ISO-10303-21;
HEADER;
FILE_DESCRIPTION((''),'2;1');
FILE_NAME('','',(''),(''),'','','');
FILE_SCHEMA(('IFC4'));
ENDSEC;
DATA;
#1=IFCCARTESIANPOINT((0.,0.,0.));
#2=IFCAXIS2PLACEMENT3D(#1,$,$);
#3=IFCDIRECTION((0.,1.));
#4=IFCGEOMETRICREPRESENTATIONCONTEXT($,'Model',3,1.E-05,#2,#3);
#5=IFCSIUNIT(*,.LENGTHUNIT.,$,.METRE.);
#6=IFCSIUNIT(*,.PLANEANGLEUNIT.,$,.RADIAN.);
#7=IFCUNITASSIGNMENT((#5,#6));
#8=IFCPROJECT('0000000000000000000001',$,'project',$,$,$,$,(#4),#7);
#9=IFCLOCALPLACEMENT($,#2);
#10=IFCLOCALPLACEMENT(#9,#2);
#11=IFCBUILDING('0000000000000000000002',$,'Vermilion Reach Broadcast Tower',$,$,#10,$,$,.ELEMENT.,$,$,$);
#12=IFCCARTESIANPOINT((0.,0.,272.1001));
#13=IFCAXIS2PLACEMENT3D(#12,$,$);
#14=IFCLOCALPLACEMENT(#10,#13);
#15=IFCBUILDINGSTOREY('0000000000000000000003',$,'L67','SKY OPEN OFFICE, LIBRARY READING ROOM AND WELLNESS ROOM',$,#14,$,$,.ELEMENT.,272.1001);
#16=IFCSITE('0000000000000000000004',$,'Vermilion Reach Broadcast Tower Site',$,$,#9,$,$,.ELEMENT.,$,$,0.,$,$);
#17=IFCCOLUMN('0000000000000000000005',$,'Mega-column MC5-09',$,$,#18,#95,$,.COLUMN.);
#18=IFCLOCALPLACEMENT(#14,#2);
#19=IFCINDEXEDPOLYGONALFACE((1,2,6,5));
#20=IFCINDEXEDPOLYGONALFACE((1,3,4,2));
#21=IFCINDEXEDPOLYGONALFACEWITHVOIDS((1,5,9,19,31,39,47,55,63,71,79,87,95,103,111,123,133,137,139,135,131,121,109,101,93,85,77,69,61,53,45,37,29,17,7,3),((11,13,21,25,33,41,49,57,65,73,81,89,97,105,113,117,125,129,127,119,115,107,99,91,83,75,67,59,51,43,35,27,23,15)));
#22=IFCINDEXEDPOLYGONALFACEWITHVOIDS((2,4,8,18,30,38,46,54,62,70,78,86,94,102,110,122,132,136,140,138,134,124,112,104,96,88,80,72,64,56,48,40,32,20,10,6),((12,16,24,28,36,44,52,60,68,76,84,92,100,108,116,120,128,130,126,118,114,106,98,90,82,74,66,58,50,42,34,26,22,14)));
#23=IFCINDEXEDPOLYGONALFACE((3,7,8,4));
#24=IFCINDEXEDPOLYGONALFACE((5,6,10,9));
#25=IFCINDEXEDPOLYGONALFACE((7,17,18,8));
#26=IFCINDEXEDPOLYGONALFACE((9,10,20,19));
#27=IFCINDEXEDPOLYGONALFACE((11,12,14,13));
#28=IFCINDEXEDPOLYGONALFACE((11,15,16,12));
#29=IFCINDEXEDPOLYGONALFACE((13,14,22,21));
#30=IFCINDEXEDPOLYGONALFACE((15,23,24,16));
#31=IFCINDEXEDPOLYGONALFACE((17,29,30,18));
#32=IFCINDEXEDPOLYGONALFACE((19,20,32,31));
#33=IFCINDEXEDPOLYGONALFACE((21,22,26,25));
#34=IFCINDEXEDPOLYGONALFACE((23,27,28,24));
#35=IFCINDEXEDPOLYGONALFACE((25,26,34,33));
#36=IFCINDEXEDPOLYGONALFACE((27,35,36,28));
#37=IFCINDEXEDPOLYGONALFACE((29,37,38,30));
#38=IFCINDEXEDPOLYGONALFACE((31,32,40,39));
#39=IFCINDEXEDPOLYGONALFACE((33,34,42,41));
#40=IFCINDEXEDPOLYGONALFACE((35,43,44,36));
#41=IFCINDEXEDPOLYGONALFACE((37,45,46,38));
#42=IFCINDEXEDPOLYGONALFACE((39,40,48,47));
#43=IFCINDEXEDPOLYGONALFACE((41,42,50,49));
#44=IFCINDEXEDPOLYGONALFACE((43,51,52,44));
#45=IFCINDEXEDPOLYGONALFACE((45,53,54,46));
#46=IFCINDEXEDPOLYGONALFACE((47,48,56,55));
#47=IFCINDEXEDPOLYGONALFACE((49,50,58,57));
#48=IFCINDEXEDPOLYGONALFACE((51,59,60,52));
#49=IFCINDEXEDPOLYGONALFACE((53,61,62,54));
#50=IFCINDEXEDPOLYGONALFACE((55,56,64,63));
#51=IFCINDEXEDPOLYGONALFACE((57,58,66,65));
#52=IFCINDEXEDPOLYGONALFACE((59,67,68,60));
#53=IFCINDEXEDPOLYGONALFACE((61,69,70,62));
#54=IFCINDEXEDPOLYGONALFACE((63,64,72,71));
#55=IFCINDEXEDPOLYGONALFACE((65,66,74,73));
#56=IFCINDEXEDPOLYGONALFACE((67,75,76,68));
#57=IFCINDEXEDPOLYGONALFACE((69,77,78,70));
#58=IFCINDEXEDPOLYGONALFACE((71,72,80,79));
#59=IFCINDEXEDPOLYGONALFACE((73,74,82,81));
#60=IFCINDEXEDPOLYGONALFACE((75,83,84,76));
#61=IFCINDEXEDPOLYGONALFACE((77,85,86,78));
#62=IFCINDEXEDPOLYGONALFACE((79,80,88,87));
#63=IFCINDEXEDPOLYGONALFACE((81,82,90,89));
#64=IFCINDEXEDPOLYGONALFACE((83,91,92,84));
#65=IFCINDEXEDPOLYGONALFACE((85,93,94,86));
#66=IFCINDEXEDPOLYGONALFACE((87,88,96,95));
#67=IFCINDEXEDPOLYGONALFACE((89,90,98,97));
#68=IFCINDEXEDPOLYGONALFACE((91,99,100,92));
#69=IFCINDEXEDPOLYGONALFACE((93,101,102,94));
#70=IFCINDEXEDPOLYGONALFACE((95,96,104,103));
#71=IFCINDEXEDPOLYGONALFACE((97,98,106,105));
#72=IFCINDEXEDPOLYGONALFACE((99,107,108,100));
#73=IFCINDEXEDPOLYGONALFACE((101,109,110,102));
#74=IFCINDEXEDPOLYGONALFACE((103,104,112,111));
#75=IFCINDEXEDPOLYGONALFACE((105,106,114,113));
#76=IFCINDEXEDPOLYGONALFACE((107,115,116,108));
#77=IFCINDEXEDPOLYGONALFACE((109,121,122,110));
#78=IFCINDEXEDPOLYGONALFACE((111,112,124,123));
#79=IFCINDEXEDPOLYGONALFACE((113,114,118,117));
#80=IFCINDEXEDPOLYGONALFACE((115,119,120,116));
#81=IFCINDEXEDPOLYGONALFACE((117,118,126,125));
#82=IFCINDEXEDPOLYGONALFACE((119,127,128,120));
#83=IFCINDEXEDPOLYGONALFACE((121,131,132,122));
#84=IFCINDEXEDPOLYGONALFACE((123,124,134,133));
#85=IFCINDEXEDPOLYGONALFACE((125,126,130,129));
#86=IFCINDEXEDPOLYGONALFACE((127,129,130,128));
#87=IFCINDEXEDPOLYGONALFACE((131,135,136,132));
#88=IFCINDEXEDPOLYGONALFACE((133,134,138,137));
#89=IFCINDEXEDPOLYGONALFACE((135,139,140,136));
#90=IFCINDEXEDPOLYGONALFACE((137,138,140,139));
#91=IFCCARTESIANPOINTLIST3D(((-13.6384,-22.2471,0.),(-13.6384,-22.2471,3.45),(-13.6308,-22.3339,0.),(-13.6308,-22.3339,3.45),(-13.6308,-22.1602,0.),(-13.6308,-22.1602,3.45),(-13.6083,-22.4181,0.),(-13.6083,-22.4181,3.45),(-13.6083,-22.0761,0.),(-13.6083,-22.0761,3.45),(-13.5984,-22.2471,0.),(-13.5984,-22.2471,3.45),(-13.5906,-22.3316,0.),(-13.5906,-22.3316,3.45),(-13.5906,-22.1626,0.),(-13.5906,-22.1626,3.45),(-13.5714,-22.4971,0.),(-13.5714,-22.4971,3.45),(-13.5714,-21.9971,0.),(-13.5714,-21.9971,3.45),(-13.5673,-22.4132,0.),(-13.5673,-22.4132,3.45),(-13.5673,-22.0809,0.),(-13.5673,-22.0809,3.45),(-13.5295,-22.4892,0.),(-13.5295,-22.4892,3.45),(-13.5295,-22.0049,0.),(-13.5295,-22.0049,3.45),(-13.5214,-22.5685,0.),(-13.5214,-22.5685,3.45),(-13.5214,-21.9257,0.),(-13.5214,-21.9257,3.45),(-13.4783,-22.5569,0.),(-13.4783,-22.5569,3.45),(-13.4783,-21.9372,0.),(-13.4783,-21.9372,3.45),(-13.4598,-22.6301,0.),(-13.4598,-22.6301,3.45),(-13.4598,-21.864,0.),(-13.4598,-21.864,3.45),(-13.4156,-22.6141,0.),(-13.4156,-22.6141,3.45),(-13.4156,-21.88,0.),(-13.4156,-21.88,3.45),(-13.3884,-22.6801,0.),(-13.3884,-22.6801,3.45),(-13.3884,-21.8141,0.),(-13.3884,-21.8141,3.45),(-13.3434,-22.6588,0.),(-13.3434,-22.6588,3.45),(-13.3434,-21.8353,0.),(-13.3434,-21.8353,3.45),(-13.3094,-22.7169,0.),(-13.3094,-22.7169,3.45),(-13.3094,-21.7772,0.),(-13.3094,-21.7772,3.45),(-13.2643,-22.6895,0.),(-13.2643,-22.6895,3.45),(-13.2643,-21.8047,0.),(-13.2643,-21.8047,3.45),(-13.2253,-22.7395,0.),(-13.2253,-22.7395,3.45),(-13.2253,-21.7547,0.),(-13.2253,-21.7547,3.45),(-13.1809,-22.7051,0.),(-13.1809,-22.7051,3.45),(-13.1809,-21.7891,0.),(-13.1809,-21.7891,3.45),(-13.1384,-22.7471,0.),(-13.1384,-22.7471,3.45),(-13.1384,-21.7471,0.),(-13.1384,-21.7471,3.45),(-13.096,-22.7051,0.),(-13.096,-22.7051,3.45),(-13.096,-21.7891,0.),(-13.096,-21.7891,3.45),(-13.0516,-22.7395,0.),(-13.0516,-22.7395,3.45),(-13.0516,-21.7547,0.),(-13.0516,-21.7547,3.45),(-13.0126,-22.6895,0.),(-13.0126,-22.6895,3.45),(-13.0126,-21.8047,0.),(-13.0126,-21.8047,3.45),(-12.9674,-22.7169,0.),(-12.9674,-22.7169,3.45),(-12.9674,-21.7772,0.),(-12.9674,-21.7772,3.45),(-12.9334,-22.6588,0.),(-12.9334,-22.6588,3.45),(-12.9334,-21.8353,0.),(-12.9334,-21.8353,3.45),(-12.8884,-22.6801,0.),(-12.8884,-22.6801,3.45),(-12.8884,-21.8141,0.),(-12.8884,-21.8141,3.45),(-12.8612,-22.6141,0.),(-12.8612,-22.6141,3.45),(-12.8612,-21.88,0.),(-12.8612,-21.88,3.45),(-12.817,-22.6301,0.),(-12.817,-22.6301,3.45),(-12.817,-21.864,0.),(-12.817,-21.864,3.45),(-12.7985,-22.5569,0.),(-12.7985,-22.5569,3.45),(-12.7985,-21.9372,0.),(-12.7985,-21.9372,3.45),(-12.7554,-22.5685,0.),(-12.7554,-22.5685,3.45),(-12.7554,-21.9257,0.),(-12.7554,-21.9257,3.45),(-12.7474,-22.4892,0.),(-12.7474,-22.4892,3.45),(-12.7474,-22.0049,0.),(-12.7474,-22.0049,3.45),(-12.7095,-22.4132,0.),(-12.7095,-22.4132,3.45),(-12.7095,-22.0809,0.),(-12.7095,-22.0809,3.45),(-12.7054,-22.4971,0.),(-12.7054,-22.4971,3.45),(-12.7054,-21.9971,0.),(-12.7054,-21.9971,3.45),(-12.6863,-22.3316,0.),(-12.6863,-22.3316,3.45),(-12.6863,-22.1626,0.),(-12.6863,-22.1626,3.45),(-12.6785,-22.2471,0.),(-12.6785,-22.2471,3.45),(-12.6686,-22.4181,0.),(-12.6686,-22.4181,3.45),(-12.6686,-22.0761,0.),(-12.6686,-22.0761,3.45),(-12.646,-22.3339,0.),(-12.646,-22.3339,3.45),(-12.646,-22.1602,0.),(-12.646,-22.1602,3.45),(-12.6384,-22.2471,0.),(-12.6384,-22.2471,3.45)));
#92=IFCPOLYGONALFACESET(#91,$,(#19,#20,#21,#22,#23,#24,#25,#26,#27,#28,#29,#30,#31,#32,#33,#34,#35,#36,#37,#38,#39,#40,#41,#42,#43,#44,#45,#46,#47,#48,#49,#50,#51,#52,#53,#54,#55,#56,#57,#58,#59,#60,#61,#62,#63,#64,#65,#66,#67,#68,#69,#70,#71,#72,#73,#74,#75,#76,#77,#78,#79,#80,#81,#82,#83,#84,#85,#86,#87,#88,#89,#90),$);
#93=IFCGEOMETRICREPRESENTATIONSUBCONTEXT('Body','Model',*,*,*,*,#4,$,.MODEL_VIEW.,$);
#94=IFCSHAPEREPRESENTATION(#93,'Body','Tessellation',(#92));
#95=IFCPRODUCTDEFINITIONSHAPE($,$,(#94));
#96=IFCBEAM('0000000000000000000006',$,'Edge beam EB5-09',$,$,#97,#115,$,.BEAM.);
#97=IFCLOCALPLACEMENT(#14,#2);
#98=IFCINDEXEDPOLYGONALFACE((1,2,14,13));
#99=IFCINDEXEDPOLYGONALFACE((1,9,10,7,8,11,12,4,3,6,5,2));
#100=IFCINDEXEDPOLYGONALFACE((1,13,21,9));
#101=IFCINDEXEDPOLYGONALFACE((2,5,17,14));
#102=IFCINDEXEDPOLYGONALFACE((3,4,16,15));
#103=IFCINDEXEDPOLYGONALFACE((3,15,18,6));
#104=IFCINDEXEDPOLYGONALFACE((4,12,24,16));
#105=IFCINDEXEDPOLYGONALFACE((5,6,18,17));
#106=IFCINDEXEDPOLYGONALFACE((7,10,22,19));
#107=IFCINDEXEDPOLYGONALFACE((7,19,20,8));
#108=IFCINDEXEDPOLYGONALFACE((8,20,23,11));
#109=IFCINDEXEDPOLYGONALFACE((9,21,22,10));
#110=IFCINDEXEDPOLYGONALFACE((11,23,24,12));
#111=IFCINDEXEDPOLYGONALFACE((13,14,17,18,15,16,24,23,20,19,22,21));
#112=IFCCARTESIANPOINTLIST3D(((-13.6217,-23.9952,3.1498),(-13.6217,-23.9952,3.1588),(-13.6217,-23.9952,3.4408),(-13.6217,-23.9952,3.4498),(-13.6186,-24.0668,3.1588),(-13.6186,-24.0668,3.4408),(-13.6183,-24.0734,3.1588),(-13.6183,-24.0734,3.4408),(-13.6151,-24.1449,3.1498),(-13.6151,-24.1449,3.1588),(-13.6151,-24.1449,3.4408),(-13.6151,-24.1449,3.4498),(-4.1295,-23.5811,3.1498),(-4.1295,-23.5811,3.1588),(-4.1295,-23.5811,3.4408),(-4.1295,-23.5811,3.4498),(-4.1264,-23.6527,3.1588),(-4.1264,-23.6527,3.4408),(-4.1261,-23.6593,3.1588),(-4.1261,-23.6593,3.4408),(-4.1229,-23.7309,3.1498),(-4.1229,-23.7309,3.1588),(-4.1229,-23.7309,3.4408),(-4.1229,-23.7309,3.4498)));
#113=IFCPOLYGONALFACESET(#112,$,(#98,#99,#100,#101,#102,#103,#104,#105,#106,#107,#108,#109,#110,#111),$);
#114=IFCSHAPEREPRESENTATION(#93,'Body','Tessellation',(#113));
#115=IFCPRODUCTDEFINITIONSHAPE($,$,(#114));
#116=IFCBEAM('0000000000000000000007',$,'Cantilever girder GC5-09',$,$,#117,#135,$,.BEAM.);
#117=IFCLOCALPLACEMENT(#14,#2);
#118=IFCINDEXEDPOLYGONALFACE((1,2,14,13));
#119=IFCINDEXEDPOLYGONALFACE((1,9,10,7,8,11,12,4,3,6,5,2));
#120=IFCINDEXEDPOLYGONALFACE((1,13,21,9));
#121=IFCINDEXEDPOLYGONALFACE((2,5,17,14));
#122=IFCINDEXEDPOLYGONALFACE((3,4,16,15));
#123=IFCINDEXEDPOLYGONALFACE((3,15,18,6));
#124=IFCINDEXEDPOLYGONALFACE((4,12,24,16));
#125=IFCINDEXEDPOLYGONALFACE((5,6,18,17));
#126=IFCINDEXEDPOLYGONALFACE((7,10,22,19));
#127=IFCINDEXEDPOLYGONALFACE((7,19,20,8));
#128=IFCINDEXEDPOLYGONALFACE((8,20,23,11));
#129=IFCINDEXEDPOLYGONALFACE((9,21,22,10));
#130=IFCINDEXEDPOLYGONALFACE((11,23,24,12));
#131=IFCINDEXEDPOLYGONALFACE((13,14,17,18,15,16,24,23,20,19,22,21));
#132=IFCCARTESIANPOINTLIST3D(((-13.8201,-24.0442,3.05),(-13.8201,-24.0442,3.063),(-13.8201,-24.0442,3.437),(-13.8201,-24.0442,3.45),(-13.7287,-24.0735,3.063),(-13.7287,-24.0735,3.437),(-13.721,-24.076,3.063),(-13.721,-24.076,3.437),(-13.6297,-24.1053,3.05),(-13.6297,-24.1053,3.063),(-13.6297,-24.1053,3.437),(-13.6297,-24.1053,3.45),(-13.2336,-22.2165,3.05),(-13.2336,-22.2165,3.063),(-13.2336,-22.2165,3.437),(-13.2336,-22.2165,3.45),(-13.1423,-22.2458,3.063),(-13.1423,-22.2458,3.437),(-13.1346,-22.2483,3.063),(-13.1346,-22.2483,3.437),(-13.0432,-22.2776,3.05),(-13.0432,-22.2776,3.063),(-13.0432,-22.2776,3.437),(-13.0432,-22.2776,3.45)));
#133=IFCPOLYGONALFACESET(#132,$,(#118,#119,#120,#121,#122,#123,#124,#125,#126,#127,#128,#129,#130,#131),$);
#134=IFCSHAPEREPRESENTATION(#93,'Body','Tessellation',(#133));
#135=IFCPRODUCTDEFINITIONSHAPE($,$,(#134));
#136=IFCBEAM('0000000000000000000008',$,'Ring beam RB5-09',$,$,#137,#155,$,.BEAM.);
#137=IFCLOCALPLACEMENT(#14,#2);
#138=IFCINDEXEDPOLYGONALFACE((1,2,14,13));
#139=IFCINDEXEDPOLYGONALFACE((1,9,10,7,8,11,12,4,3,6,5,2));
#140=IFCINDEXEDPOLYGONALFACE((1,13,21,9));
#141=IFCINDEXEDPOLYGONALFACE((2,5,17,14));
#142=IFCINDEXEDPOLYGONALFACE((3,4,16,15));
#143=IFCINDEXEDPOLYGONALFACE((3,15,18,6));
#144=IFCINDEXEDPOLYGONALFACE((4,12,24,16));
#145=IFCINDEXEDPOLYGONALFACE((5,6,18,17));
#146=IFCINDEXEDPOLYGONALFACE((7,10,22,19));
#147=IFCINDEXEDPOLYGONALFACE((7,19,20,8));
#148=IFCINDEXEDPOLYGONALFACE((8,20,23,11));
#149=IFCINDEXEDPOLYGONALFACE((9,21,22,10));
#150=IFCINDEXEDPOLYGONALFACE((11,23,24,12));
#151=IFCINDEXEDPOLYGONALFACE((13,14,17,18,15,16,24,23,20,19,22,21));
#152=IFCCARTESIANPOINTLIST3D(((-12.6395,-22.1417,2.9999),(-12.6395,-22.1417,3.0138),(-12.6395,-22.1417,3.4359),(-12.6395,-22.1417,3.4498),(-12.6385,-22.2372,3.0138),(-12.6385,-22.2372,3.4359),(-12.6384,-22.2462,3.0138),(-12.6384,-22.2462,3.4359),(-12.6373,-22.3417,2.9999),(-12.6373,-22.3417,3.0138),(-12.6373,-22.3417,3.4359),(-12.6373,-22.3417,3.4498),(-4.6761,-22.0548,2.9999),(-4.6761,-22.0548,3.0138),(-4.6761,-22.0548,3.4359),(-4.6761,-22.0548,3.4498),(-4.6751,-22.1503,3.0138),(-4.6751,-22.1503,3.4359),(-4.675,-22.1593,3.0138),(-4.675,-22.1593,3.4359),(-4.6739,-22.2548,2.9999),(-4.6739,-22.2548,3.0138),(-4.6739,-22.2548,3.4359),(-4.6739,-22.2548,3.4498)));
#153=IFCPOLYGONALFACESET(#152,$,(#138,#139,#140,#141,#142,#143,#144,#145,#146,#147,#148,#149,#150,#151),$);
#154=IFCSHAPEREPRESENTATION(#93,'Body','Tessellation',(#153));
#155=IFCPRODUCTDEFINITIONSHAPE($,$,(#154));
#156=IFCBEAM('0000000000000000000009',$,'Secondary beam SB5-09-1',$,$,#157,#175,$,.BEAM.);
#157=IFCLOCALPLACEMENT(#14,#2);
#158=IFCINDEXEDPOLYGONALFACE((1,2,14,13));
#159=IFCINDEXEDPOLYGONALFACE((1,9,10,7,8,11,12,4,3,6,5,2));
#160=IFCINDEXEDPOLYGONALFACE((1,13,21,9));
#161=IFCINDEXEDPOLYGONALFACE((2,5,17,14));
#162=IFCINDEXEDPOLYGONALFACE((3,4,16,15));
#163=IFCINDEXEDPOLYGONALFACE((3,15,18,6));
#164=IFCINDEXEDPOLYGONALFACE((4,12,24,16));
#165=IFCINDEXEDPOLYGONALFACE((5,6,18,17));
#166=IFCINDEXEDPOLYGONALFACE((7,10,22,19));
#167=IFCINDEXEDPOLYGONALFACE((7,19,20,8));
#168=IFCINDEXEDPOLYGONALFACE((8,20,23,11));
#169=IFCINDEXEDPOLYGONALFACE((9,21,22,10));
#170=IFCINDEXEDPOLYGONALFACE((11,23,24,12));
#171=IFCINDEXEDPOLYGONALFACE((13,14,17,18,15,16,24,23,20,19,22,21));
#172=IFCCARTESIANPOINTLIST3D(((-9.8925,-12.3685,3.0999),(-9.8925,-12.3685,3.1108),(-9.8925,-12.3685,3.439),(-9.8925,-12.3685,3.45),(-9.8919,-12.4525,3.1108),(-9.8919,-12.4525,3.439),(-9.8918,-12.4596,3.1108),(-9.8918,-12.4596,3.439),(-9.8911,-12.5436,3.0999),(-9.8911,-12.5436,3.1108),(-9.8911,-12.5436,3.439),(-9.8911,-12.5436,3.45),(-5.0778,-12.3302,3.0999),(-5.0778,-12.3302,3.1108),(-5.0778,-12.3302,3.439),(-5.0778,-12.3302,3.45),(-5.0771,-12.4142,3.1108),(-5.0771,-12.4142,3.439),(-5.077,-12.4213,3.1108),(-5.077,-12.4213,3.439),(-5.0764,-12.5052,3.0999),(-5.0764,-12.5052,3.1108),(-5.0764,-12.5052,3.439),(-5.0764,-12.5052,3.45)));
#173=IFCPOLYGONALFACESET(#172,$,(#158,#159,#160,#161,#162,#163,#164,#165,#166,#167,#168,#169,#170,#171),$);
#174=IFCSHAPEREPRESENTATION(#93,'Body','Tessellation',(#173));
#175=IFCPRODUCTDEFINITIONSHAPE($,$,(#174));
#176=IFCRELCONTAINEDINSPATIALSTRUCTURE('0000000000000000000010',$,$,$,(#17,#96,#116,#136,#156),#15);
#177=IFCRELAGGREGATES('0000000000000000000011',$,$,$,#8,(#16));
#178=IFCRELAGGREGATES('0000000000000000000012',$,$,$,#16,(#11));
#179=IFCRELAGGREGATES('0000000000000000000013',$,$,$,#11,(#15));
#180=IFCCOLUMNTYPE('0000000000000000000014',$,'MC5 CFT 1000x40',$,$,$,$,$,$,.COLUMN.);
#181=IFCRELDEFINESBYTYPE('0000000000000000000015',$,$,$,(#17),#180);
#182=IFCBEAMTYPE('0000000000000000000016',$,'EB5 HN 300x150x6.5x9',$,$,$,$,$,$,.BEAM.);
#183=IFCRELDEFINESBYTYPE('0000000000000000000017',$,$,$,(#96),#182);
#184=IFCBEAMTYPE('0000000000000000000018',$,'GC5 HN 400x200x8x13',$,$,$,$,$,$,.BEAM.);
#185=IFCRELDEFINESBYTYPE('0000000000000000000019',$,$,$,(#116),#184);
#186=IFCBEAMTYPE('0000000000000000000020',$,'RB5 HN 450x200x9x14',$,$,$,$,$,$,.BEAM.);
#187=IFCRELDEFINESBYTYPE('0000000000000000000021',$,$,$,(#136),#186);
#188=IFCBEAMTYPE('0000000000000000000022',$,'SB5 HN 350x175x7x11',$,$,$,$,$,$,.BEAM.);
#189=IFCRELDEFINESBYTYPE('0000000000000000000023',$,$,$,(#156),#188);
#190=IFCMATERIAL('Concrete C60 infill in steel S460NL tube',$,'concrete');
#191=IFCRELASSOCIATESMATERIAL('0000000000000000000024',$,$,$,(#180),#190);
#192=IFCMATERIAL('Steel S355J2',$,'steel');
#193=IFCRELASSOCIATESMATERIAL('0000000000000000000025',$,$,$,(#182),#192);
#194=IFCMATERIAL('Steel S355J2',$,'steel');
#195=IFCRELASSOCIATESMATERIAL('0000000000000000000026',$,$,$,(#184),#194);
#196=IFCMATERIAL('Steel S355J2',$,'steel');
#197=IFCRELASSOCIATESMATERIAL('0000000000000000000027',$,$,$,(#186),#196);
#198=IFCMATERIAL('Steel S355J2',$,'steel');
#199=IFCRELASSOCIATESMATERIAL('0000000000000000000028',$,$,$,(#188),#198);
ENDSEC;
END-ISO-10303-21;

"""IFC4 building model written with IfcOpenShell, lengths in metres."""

from ifc_helpers import new_model, si_unit, direction, frame, origin, origin_2d, place, context, subcontext, project, spatial, hollow_circle, i_section, extrude, material, material_profile, profile_set, type_object, element, save


model = new_model("IFC4")

# Units and contexts
model_context = context("Model", 3, precision=1e-05, world=origin(), true_north=direction((0.0, 1.0)))
body_context = subcontext(model_context, "Body", "Model", "MODEL_VIEW")
ifc_project = project(units=[si_unit("LENGTHUNIT", "METRE"), si_unit("PLANEANGLEUNIT", "RADIAN")], contexts=[model_context])

# Site, building, storey
site_placement = place(None, origin())
site = spatial("IfcSite", under=ifc_project, at=site_placement, Name="Vermilion Reach Broadcast Tower Site", CompositionType="ELEMENT", RefElevation=0.0)
building_placement = place(site_placement, origin())
building = spatial("IfcBuilding", under=site, at=building_placement, Name="Vermilion Reach Broadcast Tower", CompositionType="ELEMENT")
storey_placement = place(building_placement, frame((0.0, 0.0, 272.1001)))
storey = spatial("IfcBuildingStorey", under=building, at=storey_placement, Name="L67", Description="SKY OPEN OFFICE, LIBRARY READING ROOM AND WELLNESS ROOM", CompositionType="ELEMENT", Elevation=272.1001)

# Column
ifc_material_1 = material(Name="Concrete C60 infill in steel S460NL tube", Category="concrete")
ifc_material_profile_1 = material_profile(ifc_material_1, hollow_circle(Radius=0.5, WallThickness=0.04, at=origin_2d()), Name="Concrete C60 infill in steel S460NL tube CFT 1000x40")
ifc_profile_set_1 = profile_set([ifc_material_profile_1], Name="Concrete C60 infill in steel S460NL tube")
column_type = type_object("IfcColumnType", Name="MC5 CFT 1000x40", PredefinedType="COLUMN", material=ifc_profile_set_1)
column_placement = place(storey_placement, frame((-13.1384, -22.2471, 0.0), z_axis=(0.0, 0.0, 1.0), x_axis=(1.0, 0.0, 0.0)))
element("IfcColumn", 1, at=column_placement, inside=storey, type_object=column_type, Name="Mega-column MC5-09", PredefinedType="COLUMN", context=body_context, shape_type="SweptSolid", body=[
    extrude(hollow_circle(Radius=0.5, WallThickness=0.04, at=origin_2d()), origin(), (0.0, 0.0, 1.0), 3.45),
])

# Beams
ifc_material_2 = material(Name="Steel S355J2", Category="steel")
ifc_material_profile_2 = material_profile(ifc_material_2, i_section(OverallWidth=0.1499, OverallDepth=0.3, WebThickness=0.0066, FlangeThickness=0.009, at=origin_2d()), Name="S355J2 HN 300x150x6.5x9")
ifc_profile_set_2 = profile_set([ifc_material_profile_2], Name="Steel S355J2")
beam_type_1 = type_object("IfcBeamType", Name="EB5 HN 300x150x6.5x9", PredefinedType="BEAM", material=ifc_profile_set_2)
beam_1_placement = place(storey_placement, frame((-13.6184, -24.0701, 3.2998), z_axis=(0.99905, 0.04358, 0.0), x_axis=(-0.04358, 0.99905, 0.0)))
element("IfcBeam", 2, at=beam_1_placement, inside=storey, type_object=beam_type_1, Name="Edge beam EB5-09", PredefinedType="BEAM", context=body_context, shape_type="SweptSolid", body=[
    extrude(i_section(OverallWidth=0.1499, OverallDepth=0.3, WebThickness=0.0066, FlangeThickness=0.009, at=origin_2d()), origin(), (0.0, 0.0, 1.0), 9.5012),
])
ifc_material_3 = material(Name="Steel S355J2", Category="steel")
ifc_material_profile_3 = material_profile(ifc_material_3, i_section(OverallWidth=0.2, OverallDepth=0.3999, WebThickness=0.0081, FlangeThickness=0.0129, at=origin_2d()), Name="S355J2 HN 400x200x8x13")
ifc_profile_set_3 = profile_set([ifc_material_profile_3], Name="Steel S355J2")
beam_type_2 = type_object("IfcBeamType", Name="GC5 HN 400x200x8x13", PredefinedType="BEAM", material=ifc_profile_set_3)
beam_2_placement = place(storey_placement, frame((-13.1384, -22.2471, 3.25), z_axis=(-0.305523, -0.952185, 0.0), x_axis=(0.952185, -0.305523, 0.0)))
element("IfcBeam", 3, at=beam_2_placement, inside=storey, type_object=beam_type_2, Name="Cantilever girder GC5-09", PredefinedType="BEAM", context=body_context, shape_type="SweptSolid", body=[
    extrude(i_section(OverallWidth=0.2, OverallDepth=0.3999, WebThickness=0.0081, FlangeThickness=0.0129, at=origin_2d()), origin(), (0.0, 0.0, 1.0), 1.9194),
])
ifc_material_4 = material(Name="Steel S355J2", Category="steel")
ifc_material_profile_4 = material_profile(ifc_material_4, i_section(OverallWidth=0.2, OverallDepth=0.45, WebThickness=0.009, FlangeThickness=0.0139, at=origin_2d()), Name="S355J2 HN 450x200x9x14")
ifc_profile_set_4 = profile_set([ifc_material_profile_4], Name="Steel S355J2")
beam_type_3 = type_object("IfcBeamType", Name="RB5 HN 450x200x9x14", PredefinedType="BEAM", material=ifc_profile_set_4)
beam_3_placement = place(storey_placement, frame((-12.6384, -22.2417, 3.2249), z_axis=(0.99994, 0.010914, 0.0), x_axis=(-0.010914, 0.99994, 0.0)))
element("IfcBeam", 4, at=beam_3_placement, inside=storey, type_object=beam_type_3, Name="Ring beam RB5-09", PredefinedType="BEAM", context=body_context, shape_type="SweptSolid", body=[
    extrude(i_section(OverallWidth=0.2, OverallDepth=0.45, WebThickness=0.009, FlangeThickness=0.0139, at=origin_2d()), origin(), (0.0, 0.0, 1.0), 7.9639),
])
ifc_material_5 = material(Name="Steel S355J2", Category="steel")
ifc_material_profile_5 = material_profile(ifc_material_5, i_section(OverallWidth=0.175, OverallDepth=0.3501, WebThickness=0.0071, FlangeThickness=0.011, at=origin_2d()), Name="S355J2 HN 350x175x7x11")
ifc_profile_set_5 = profile_set([ifc_material_profile_5], Name="Steel S355J2")
beam_type_4 = type_object("IfcBeamType", Name="SB5 HN 350x175x7x11", PredefinedType="BEAM", material=ifc_profile_set_5)
beam_4_placement = place(storey_placement, frame((-9.8918, -12.4561, 3.2749), z_axis=(0.999968, 0.007961, 0.0), x_axis=(-0.007961, 0.999968, 0.0)))
element("IfcBeam", 5, at=beam_4_placement, inside=storey, type_object=beam_type_4, Name="Secondary beam SB5-09-1", PredefinedType="BEAM", context=body_context, shape_type="SweptSolid", body=[
    extrude(i_section(OverallWidth=0.175, OverallDepth=0.3501, WebThickness=0.0071, FlangeThickness=0.011, at=origin_2d()), origin(), (0.0, 0.0, 1.0), 4.8149),
])

save(model, "model.ifc")
